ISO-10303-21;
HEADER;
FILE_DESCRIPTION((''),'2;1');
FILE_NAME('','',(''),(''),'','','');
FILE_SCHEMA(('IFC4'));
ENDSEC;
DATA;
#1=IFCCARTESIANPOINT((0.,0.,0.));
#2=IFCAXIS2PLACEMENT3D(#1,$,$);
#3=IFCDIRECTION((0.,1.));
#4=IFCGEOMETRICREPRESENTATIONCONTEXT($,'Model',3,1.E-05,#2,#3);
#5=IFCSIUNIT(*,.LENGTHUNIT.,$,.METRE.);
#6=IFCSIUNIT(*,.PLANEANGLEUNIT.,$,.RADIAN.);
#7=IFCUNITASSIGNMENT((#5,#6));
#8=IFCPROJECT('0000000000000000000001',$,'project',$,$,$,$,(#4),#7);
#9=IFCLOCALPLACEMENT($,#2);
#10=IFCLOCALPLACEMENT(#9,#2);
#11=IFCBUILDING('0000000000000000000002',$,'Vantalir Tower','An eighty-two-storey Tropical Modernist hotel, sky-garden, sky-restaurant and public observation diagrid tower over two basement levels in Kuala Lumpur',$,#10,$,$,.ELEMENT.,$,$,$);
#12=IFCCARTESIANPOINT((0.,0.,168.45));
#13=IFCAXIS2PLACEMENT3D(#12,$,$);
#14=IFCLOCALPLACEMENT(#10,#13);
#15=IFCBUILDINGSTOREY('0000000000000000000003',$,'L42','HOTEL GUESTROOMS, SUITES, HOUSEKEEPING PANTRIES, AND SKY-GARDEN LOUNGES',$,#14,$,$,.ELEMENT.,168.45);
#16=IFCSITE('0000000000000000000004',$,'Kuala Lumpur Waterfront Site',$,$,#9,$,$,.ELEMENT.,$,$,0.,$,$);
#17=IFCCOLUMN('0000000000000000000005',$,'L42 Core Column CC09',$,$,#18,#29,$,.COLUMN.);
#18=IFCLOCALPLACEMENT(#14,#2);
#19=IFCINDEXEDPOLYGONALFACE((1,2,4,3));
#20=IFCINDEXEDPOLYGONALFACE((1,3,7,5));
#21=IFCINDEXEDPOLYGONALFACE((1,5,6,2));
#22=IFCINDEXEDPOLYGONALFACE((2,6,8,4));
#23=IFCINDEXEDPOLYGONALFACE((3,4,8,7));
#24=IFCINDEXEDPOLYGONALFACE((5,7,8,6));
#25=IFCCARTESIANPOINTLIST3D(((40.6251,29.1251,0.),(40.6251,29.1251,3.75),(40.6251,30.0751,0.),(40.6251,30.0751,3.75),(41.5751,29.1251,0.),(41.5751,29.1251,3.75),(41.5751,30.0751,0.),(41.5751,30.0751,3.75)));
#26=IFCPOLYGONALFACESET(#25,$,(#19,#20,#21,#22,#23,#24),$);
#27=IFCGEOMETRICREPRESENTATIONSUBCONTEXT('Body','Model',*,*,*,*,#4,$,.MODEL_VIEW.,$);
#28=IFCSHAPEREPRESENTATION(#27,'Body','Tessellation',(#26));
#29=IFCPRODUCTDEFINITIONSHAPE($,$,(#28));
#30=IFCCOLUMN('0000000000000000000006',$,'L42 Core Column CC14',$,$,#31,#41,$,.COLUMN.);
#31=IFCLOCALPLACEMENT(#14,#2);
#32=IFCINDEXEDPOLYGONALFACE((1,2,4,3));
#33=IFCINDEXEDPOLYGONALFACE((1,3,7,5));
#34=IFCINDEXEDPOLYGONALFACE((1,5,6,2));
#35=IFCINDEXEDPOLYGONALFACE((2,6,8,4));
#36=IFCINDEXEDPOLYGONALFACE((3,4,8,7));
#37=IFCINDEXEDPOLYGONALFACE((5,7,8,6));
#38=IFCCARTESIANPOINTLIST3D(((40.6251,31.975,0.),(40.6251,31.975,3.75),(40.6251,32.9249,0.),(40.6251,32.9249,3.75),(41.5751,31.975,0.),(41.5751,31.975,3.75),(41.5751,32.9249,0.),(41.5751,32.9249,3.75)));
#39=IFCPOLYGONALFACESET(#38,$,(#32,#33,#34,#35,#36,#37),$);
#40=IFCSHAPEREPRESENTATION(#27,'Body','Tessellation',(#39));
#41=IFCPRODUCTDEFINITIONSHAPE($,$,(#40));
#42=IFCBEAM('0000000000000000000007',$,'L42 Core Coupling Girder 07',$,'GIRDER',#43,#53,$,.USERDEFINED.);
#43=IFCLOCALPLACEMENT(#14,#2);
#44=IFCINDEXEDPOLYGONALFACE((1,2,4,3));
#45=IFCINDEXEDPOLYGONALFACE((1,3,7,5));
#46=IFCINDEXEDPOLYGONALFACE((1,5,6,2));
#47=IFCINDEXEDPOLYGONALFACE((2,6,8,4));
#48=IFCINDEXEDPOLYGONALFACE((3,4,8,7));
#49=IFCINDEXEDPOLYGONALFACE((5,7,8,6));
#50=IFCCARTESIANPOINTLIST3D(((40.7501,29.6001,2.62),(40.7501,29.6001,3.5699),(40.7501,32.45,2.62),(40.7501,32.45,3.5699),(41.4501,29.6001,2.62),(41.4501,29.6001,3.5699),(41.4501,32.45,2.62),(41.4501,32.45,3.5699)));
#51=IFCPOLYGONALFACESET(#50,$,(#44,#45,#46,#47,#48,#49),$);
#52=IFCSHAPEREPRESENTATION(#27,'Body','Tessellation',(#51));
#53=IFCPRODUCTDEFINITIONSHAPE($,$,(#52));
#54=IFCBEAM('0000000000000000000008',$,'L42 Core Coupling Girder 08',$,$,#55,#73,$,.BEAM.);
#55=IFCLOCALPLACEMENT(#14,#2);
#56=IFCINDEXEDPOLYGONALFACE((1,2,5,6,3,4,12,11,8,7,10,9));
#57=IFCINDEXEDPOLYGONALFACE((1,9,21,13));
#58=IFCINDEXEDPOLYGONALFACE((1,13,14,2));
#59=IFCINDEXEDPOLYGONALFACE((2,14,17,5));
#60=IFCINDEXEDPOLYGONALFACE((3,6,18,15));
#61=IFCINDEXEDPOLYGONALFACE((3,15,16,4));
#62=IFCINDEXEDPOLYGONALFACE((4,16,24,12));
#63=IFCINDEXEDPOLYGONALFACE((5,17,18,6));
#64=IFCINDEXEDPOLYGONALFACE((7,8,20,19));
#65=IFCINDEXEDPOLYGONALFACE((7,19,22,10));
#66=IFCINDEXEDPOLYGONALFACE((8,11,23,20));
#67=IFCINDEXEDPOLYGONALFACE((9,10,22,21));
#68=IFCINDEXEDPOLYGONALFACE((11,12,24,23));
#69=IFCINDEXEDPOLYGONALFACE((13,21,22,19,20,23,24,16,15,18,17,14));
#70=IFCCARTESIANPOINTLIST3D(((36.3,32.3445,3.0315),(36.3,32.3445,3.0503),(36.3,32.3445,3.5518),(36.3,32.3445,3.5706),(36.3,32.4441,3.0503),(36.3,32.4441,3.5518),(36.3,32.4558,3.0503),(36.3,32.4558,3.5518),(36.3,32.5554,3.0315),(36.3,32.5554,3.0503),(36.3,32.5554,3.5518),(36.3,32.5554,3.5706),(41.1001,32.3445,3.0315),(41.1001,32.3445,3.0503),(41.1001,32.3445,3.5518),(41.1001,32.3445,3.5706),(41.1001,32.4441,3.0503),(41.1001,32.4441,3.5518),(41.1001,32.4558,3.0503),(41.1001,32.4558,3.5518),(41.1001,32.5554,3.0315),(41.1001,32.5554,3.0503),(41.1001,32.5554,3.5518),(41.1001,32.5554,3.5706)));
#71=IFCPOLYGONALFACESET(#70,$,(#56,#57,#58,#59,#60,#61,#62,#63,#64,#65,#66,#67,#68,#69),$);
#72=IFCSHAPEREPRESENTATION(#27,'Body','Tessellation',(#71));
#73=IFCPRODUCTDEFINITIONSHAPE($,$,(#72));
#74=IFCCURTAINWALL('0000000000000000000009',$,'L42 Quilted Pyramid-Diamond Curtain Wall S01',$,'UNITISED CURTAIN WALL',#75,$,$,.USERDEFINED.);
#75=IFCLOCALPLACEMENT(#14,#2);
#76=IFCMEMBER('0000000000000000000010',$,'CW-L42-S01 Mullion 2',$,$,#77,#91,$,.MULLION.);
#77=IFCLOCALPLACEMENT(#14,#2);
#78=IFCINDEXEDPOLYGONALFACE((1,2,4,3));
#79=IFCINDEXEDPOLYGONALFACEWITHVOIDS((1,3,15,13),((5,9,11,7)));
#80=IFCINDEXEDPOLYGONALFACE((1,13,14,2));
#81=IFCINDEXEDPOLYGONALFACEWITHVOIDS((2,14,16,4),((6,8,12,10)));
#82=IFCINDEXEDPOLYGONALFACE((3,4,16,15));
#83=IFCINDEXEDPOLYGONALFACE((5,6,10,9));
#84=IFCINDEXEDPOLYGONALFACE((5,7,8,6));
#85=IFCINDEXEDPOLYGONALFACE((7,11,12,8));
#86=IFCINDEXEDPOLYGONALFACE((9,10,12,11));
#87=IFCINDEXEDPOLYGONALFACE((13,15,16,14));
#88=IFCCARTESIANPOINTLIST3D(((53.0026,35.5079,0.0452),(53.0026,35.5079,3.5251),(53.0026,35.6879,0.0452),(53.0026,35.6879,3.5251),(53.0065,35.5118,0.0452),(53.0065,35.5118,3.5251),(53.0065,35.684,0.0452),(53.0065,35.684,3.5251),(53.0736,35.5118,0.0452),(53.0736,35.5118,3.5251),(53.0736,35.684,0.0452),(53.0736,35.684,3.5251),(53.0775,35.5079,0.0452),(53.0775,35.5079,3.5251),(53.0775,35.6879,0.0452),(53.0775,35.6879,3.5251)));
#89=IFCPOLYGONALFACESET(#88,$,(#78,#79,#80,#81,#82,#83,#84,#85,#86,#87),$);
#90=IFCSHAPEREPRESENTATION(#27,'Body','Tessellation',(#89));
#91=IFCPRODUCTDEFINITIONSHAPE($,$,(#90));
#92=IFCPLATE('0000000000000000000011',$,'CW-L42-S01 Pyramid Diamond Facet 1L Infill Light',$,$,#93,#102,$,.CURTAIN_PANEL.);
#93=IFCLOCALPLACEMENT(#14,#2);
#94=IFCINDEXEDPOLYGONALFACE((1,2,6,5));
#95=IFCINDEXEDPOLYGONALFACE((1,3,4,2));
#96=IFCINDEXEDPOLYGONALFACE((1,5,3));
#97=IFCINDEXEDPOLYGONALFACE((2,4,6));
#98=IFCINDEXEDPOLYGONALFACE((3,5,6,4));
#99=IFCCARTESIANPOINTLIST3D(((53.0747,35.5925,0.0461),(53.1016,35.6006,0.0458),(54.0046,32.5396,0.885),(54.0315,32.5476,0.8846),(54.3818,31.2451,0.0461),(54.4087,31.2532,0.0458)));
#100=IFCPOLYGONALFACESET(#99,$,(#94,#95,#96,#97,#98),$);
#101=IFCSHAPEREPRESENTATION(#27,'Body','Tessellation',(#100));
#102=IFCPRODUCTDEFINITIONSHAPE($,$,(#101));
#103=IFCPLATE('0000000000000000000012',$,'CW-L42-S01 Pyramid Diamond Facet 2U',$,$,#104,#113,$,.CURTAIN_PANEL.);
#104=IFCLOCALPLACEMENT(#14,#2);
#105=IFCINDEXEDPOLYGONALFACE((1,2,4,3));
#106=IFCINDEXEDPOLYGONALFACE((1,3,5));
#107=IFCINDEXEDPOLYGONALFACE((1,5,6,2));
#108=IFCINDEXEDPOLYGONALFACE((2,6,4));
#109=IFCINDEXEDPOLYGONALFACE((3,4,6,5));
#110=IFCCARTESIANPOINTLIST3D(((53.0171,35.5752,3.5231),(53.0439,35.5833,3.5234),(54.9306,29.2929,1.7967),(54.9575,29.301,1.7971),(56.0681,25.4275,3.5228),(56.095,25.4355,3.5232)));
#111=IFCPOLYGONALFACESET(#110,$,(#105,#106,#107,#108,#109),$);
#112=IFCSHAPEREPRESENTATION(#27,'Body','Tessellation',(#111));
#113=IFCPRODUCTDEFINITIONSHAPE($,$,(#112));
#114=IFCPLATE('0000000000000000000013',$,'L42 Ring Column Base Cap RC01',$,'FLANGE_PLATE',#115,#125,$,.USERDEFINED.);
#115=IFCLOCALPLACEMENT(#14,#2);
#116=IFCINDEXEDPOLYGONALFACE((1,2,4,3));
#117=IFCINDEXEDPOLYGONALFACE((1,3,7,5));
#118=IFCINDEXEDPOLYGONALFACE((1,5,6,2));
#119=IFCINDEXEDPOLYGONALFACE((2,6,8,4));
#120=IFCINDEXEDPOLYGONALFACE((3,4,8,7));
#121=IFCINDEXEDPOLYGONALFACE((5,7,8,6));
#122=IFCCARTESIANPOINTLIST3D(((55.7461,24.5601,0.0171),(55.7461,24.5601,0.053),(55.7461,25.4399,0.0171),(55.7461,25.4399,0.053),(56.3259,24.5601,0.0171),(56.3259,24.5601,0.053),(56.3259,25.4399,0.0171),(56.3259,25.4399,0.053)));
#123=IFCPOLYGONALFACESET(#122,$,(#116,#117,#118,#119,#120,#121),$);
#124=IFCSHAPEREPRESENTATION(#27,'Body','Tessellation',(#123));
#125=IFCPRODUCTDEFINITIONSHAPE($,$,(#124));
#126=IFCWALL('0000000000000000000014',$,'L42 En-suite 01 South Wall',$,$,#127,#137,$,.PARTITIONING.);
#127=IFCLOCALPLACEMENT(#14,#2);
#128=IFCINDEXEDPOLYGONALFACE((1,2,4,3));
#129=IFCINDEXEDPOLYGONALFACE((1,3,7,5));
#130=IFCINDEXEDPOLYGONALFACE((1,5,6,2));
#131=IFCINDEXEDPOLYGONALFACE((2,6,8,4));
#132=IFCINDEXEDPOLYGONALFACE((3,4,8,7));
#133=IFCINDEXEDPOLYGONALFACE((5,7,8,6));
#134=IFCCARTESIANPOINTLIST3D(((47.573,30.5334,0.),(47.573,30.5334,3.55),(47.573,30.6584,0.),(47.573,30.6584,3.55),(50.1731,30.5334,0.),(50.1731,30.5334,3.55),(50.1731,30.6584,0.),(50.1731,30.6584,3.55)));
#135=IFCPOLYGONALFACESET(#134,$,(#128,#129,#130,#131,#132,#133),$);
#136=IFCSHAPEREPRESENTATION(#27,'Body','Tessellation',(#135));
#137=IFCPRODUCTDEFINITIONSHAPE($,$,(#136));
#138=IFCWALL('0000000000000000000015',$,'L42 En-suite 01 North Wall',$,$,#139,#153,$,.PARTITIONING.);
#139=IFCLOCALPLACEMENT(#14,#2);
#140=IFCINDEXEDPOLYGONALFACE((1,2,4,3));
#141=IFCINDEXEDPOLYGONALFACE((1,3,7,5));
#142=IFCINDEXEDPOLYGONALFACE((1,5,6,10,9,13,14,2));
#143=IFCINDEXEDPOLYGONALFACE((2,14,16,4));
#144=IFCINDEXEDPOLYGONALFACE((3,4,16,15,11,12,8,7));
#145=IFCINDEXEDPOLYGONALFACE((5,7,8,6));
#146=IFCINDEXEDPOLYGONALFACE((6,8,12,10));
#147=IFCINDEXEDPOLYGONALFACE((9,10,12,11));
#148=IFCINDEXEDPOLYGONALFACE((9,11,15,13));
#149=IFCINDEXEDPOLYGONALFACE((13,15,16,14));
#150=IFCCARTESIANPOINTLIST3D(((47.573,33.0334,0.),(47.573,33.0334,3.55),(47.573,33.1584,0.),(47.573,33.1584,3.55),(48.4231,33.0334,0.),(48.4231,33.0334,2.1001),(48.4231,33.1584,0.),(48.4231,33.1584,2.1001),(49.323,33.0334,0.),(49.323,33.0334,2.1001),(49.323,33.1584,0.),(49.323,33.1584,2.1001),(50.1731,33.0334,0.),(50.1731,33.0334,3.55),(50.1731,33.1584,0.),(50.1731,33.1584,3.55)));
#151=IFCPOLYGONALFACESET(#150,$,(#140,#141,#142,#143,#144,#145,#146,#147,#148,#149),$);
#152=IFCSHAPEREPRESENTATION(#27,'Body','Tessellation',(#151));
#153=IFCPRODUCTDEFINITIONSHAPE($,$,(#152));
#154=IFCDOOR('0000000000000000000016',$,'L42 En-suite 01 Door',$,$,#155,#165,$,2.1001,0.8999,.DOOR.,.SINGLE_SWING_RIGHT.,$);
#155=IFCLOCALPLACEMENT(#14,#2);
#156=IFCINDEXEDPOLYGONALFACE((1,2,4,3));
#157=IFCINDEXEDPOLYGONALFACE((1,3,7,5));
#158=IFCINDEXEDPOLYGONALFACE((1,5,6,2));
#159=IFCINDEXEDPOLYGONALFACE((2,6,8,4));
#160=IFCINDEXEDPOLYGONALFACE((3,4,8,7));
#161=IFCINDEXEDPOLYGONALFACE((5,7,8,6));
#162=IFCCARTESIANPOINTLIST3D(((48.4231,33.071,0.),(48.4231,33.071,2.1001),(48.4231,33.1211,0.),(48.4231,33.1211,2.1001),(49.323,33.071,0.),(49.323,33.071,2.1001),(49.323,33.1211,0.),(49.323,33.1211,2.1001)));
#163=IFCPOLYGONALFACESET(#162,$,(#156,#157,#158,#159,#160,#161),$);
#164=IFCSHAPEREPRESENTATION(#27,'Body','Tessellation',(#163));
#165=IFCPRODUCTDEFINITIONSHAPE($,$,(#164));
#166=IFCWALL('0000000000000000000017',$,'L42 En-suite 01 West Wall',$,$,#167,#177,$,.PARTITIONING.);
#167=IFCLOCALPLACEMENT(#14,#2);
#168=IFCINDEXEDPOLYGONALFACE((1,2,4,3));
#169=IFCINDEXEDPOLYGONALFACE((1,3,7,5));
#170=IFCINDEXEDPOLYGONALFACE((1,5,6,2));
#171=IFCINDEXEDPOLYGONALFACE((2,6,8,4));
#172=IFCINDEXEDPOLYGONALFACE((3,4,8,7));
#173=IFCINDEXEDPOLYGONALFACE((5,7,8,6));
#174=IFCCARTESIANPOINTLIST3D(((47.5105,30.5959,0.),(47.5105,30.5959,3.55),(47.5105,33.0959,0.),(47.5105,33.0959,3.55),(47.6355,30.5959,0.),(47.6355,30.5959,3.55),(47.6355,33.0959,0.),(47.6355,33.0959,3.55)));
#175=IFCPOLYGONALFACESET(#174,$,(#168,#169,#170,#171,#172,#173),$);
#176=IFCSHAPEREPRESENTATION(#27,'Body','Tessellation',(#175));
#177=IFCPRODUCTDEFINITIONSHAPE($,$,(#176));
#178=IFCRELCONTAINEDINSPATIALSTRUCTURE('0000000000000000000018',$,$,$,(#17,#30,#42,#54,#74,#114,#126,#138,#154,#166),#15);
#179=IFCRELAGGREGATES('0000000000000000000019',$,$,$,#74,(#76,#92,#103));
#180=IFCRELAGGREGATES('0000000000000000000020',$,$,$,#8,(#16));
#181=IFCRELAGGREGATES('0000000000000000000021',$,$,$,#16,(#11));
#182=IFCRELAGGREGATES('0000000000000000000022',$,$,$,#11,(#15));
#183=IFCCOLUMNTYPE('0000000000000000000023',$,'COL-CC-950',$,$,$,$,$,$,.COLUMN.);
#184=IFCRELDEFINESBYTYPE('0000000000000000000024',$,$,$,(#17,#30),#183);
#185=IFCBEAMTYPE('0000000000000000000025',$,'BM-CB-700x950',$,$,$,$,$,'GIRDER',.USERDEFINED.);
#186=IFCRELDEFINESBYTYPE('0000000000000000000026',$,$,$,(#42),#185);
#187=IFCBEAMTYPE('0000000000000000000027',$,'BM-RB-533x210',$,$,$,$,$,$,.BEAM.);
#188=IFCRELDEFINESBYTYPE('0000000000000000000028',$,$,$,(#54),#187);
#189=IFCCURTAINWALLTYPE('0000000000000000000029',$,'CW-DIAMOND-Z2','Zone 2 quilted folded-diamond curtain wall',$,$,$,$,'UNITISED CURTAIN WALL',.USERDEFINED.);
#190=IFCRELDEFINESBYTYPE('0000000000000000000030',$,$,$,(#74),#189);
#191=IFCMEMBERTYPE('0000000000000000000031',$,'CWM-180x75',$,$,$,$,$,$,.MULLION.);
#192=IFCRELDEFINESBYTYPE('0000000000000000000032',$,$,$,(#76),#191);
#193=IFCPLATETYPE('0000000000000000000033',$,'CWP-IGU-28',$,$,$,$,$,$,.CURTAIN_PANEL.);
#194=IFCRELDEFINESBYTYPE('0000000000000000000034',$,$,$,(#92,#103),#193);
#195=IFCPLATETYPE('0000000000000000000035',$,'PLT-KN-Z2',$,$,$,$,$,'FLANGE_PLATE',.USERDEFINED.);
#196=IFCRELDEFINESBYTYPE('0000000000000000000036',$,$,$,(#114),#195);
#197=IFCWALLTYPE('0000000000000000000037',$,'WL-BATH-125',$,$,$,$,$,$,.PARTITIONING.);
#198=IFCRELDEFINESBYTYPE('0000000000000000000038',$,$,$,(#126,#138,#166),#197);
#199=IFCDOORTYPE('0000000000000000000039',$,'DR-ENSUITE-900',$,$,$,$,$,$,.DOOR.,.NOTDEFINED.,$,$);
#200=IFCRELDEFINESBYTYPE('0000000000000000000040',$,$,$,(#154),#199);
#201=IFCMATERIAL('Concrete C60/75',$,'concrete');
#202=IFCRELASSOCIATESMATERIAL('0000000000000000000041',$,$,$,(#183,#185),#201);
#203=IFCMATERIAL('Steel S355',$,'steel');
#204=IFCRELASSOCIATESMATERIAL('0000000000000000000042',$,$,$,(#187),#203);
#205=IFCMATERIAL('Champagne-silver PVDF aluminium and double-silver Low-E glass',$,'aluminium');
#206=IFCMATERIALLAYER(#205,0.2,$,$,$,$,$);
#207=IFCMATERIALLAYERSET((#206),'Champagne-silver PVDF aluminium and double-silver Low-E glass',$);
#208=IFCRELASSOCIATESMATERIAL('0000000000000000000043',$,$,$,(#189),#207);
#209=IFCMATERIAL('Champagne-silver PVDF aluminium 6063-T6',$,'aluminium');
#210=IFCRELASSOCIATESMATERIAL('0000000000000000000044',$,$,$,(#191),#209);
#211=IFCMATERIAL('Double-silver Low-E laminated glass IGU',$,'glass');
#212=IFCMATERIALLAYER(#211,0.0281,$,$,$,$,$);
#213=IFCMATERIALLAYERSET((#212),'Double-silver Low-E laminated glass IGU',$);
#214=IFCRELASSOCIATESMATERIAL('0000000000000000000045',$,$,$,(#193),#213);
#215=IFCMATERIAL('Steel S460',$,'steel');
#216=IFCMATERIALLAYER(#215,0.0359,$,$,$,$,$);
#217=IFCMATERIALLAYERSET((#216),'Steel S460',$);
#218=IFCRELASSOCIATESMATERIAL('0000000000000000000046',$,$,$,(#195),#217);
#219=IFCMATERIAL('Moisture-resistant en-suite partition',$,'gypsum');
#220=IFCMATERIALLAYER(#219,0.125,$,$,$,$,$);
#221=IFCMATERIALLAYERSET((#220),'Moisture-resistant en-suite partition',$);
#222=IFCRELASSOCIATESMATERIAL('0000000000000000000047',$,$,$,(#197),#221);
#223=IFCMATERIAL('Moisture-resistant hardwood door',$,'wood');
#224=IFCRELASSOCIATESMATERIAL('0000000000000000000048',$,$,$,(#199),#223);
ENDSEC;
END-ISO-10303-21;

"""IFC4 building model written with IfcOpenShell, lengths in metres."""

from ifc_helpers import new_model, si_unit, direction, frame, frame_2d, origin, origin_2d, place, context, subcontext, project, spatial, polyline, rectangle, hollow_rectangle, i_section, outline, extrude, material, layer, layer_set, material_profile, profile_set, type_object, element, fill, aggregate, save


model = new_model("IFC4")

# Units and contexts
model_context = context("Model", 3, precision=1e-05, world=origin(), true_north=direction((0.0, 1.0)))
body_context = subcontext(model_context, "Body", "Model", "MODEL_VIEW")
ifc_project = project(units=[si_unit("LENGTHUNIT", "METRE"), si_unit("PLANEANGLEUNIT", "RADIAN")], contexts=[model_context])

# Site, building, storey
site_placement = place(None, origin())
site = spatial("IfcSite", under=ifc_project, at=site_placement, Name="Kuala Lumpur Waterfront Site", CompositionType="ELEMENT", RefElevation=0.0)
building_placement = place(site_placement, origin())
building = spatial("IfcBuilding", under=site, at=building_placement, Name="Vantalir Tower", Description="An eighty-two-storey Tropical Modernist hotel, sky-garden, sky-restaurant and public observation diagrid tower over two basement levels in Kuala Lumpur", CompositionType="ELEMENT")
storey_placement = place(building_placement, frame((0.0, 0.0, 168.45)))
storey = spatial("IfcBuildingStorey", under=building, at=storey_placement, Name="L42", Description="HOTEL GUESTROOMS, SUITES, HOUSEKEEPING PANTRIES, AND SKY-GARDEN LOUNGES", CompositionType="ELEMENT", Elevation=168.45)

# Columns
ifc_material_1 = material(Name="Concrete C60/75", Category="concrete")
ifc_material_profile_1 = material_profile(ifc_material_1, rectangle(XDim=0.95, YDim=0.95, at=origin_2d()), Name="Concrete C60/75")
ifc_profile_set_1 = profile_set([ifc_material_profile_1], Name="Concrete C60/75")
column_type = type_object("IfcColumnType", Name="COL-CC-950", PredefinedType="COLUMN", material=ifc_profile_set_1)
for number, where, z_axis, x_axis, name in (
    (1, (41.1001, 29.6001, 0.0), (0.0, 0.0, 1.0), (1.0, 0.0, 0.0), "L42 Core Column CC09"),
    (2, (41.1001, 32.45, 0.0), (0.0, 0.0, 1.0), (1.0, 0.0, 0.0), "L42 Core Column CC14"),
):
    element("IfcColumn", number, at=place(storey_placement, frame(where, z_axis=z_axis, x_axis=x_axis)), inside=storey, type_object=column_type, Name=name, PredefinedType="COLUMN", context=body_context, shape_type="SweptSolid", body=[
        extrude(rectangle(XDim=0.95, YDim=0.95, at=origin_2d()), origin(), (0.0, 0.0, 1.0), 3.75),
    ])

# Beams
ifc_material_profile_2 = material_profile(ifc_material_1, rectangle(XDim=0.7, YDim=0.95, at=origin_2d()), Name="Concrete C60/75")
ifc_profile_set_2 = profile_set([ifc_material_profile_2], Name="Concrete C60/75")
beam_type_1 = type_object("IfcBeamType", Name="BM-CB-700x950", ElementType="GIRDER", PredefinedType="USERDEFINED", material=ifc_profile_set_2)
beam_1_placement = place(storey_placement, frame((41.1001, 29.6001, 3.095), z_axis=(0.0, 1.0, 0.0), x_axis=(-1.0, 0.0, 0.0)))
element("IfcBeam", 3, at=beam_1_placement, inside=storey, type_object=beam_type_1, Name="L42 Core Coupling Girder 07", ObjectType="GIRDER", PredefinedType="USERDEFINED", context=body_context, shape_type="SweptSolid", body=[
    extrude(rectangle(XDim=0.7, YDim=0.95, at=origin_2d()), origin(), (0.0, 0.0, 1.0), 2.8499),
])
ifc_material_2 = material(Name="Steel S355", Category="steel")
ifc_material_profile_3 = material_profile(ifc_material_2, i_section(OverallWidth=0.2109, OverallDepth=0.5391, WebThickness=0.0117, FlangeThickness=0.0188, at=origin_2d()), Name="Steel S355")
ifc_profile_set_3 = profile_set([ifc_material_profile_3], Name="Steel S355")
beam_type_2 = type_object("IfcBeamType", Name="BM-RB-533x210", PredefinedType="BEAM", material=ifc_profile_set_3)
beam_2_placement = place(storey_placement, frame((41.1001, 32.45, 3.301), z_axis=(-1.0, 0.0, 0.0), x_axis=(0.0, -1.0, 0.0)))
element("IfcBeam", 4, at=beam_2_placement, inside=storey, type_object=beam_type_2, Name="L42 Core Coupling Girder 08", PredefinedType="BEAM", context=body_context, shape_type="SweptSolid", body=[
    extrude(i_section(OverallWidth=0.2109, OverallDepth=0.5391, WebThickness=0.0117, FlangeThickness=0.0188, at=origin_2d()), origin(), (0.0, 0.0, 1.0), 4.8),
])

# Curtain wall, member, plates
ifc_material_3 = material(Name="Champagne-silver PVDF aluminium and double-silver Low-E glass", Category="aluminium")
ifc_layer_1 = layer(ifc_material_3, 0.2)
ifc_layer_set_1 = layer_set([ifc_layer_1], Name="Champagne-silver PVDF aluminium and double-silver Low-E glass")
curtain_wall_type = type_object("IfcCurtainWallType", Name="CW-DIAMOND-Z2", Description="Zone 2 quilted folded-diamond curtain wall", ElementType="UNITISED CURTAIN WALL", PredefinedType="USERDEFINED", material=ifc_layer_set_1)
curtain_wall_placement = place(storey_placement, origin())
curtain_wall = element("IfcCurtainWall", 5, at=curtain_wall_placement, inside=storey, type_object=curtain_wall_type, Name="L42 Quilted Pyramid-Diamond Curtain Wall S01", ObjectType="UNITISED CURTAIN WALL", PredefinedType="USERDEFINED")
ifc_material_4 = material(Name="Champagne-silver PVDF aluminium 6063-T6", Category="aluminium")
ifc_material_profile_4 = material_profile(ifc_material_4, hollow_rectangle(XDim=0.075, YDim=0.1799, WallThickness=0.0039, at=origin_2d()), Name="Champagne-silver PVDF aluminium 6063-T6")
ifc_profile_set_4 = profile_set([ifc_material_profile_4], Name="Champagne-silver PVDF aluminium 6063-T6")
member_type = type_object("IfcMemberType", Name="CWM-180x75", PredefinedType="MULLION", material=ifc_profile_set_4)
member_placement = place(storey_placement, frame((53.04, 35.5979, 0.0452), z_axis=(0.0, 0.0, 1.0), x_axis=(1.0, 0.0, 0.0)))
member = element("IfcMember", 6, at=member_placement, type_object=member_type, Name="CW-L42-S01 Mullion 2", PredefinedType="MULLION", context=body_context, shape_type="SweptSolid", body=[
    extrude(hollow_rectangle(XDim=0.075, YDim=0.1799, WallThickness=0.0039, at=origin_2d()), origin(), (0.0, 0.0, 1.0), 3.48),
])
ifc_material_5 = material(Name="Double-silver Low-E laminated glass IGU", Category="glass")
ifc_layer_2 = layer(ifc_material_5, 0.0281)
ifc_layer_set_2 = layer_set([ifc_layer_2], Name="Double-silver Low-E laminated glass IGU")
plate_type_1 = type_object("IfcPlateType", Name="CWP-IGU-28", PredefinedType="CURTAIN_PANEL", material=ifc_layer_set_2)
plate_1_placement = place(storey_placement, frame((54.3818, 31.2451, 0.0461), z_axis=(-0.95756, -0.287908, 0.013695), x_axis=(-0.287935, 0.95765, 0.0)))
plate_1 = element("IfcPlate", 7, at=plate_1_placement, type_object=plate_type_1, Name="CW-L42-S01 Pyramid Diamond Facet 1L Infill Light", PredefinedType="CURTAIN_PANEL", context=body_context, shape_type="SweptSolid", body=[
    extrude(outline(polyline([(0.0, 0.0), (4.5397, 0.0), (1.3482, -0.8389), (0.0, 0.0)])), origin(), (0.0, 0.0, -1.0), 0.0281),
])
plate_2_placement = place(storey_placement, frame((53.0439, 35.5833, 3.5234), z_axis=(0.957562, 0.287902, 0.01373), x_axis=(0.287929, -0.957652, -0.000023)))
plate_2 = element("IfcPlate", 8, at=plate_2_placement, type_object=plate_type_1, Name="CW-L42-S01 Pyramid Diamond Facet 2U", PredefinedType="CURTAIN_PANEL", context=body_context, shape_type="SweptSolid", body=[
    extrude(outline(polyline([(0.0, 0.0), (10.5964, 0.0), (6.5672, 1.7263), (0.0, 0.0)])), origin(), (0.0, 0.0, -1.0), 0.0281),
])
aggregate(curtain_wall, [member, plate_1, plate_2])

# Plate
ifc_material_6 = material(Name="Steel S460", Category="steel")
ifc_layer_3 = layer(ifc_material_6, 0.0359)
ifc_layer_set_3 = layer_set([ifc_layer_3], Name="Steel S460")
plate_type_2 = type_object("IfcPlateType", Name="PLT-KN-Z2", ElementType="FLANGE_PLATE", PredefinedType="USERDEFINED", material=ifc_layer_set_3)
plate_3_placement = place(storey_placement, frame((55.7461, 25.4399, 0.053), z_axis=(0.0, 0.0, 1.0), x_axis=(0.0, -1.0, 0.0)))
element("IfcPlate", 9, at=plate_3_placement, inside=storey, type_object=plate_type_2, Name="L42 Ring Column Base Cap RC01", ObjectType="FLANGE_PLATE", PredefinedType="USERDEFINED", context=body_context, shape_type="SweptSolid", body=[
    extrude(outline(polyline([(0.0, 0.0), (0.8799, 0.0), (0.8799, 0.5798), (0.0, 0.5798), (0.0, 0.0)])), origin(), (0.0, 0.0, -1.0), 0.0359),
])

# Wall
ifc_material_7 = material(Name="Moisture-resistant en-suite partition", Category="gypsum")
ifc_layer_4 = layer(ifc_material_7, 0.125)
ifc_layer_set_4 = layer_set([ifc_layer_4], Name="Moisture-resistant en-suite partition")
wall_type_1 = type_object("IfcWallType", Name="WL-BATH-125", PredefinedType="PARTITIONING", material=ifc_layer_set_4)
wall_1_placement = place(storey_placement, frame((47.573, 30.5959, 0.0), z_axis=(0.0, 0.0, 1.0), x_axis=(1.0, 0.0, 0.0)))
element("IfcWall", 10, at=wall_1_placement, inside=storey, type_object=wall_type_1, Name="L42 En-suite 01 South Wall", PredefinedType="PARTITIONING", context=body_context, shape_type="SweptSolid", body=[
    extrude(rectangle(XDim=2.6001, YDim=0.125, at=frame_2d((1.3, 0.0))), origin(), (0.0, 0.0, 1.0), 3.55),
])

# Wall, opening, door
wall_2_placement = place(storey_placement, frame((47.573, 33.0959, 0.0), z_axis=(0.0, 0.0, 1.0), x_axis=(1.0, 0.0, 0.0)))
wall_2 = element("IfcWall", 11, at=wall_2_placement, inside=storey, type_object=wall_type_1, Name="L42 En-suite 01 North Wall", PredefinedType="PARTITIONING", context=body_context, shape_type="SweptSolid", body=[
    extrude(rectangle(XDim=2.6001, YDim=0.125, at=frame_2d((1.3, 0.0))), origin(), (0.0, 0.0, 1.0), 3.55),
])
opening_1_placement = place(wall_2_placement, frame((0.8501, 0.0, 0.0)))
opening_1 = element("IfcOpeningElement", 12, at=opening_1_placement, cuts=wall_2, PredefinedType="OPENING", context=body_context, shape_type="SweptSolid", body=[
    extrude(rectangle(XDim=0.8999, YDim=2.1001, at=frame_2d((0.45, 1.05))), frame((0.0, 0.0725, 0.0), z_axis=(0.0, -1.0, 0.0), x_axis=(1.0, 0.0, 0.0)), (0.0, 0.0, 1.0), 0.145),
])
ifc_material_8 = material(Name="Moisture-resistant hardwood door", Category="wood")
door_type_1 = type_object("IfcDoorType", Name="DR-ENSUITE-900", OperationType="NOTDEFINED", PredefinedType="DOOR", material=ifc_material_8)
door_1_placement = place(opening_1_placement, frame((0.8999, 0.0, 0.0), z_axis=(0.0, 0.0, 1.0), x_axis=(-1.0, 0.0, 0.0)))
door_1 = element("IfcDoor", 13, at=door_1_placement, inside=storey, type_object=door_type_1, Name="L42 En-suite 01 Door", OperationType="SINGLE_SWING_RIGHT", OverallHeight=2.1001, OverallWidth=0.8999, PredefinedType="DOOR", context=body_context, shape_type="SweptSolid", body=[
    extrude(rectangle(XDim=0.8999, YDim=2.1001, at=frame_2d((0.45, 1.05))), frame((0.0, 0.0249, 0.0), z_axis=(0.0, -1.0, 0.0), x_axis=(1.0, 0.0, 0.0)), (0.0, 0.0, 1.0), 0.05),
])
fill(opening_1, door_1)

# Wall
for number, where, z_axis, x_axis, name in (
    (14, (47.573, 30.5959, 0.0), (0.0, 0.0, 1.0), (0.0, 1.0, 0.0), "L42 En-suite 01 West Wall"),
):
    element("IfcWall", number, at=place(storey_placement, frame(where, z_axis=z_axis, x_axis=x_axis)), inside=storey, type_object=wall_type_1, Name=name, PredefinedType="PARTITIONING", context=body_context, shape_type="SweptSolid", body=[
        extrude(rectangle(XDim=2.5, YDim=0.125, at=frame_2d((1.25, 0.0))), origin(), (0.0, 0.0, 1.0), 3.55),
    ])

save(model, "model.ifc")
